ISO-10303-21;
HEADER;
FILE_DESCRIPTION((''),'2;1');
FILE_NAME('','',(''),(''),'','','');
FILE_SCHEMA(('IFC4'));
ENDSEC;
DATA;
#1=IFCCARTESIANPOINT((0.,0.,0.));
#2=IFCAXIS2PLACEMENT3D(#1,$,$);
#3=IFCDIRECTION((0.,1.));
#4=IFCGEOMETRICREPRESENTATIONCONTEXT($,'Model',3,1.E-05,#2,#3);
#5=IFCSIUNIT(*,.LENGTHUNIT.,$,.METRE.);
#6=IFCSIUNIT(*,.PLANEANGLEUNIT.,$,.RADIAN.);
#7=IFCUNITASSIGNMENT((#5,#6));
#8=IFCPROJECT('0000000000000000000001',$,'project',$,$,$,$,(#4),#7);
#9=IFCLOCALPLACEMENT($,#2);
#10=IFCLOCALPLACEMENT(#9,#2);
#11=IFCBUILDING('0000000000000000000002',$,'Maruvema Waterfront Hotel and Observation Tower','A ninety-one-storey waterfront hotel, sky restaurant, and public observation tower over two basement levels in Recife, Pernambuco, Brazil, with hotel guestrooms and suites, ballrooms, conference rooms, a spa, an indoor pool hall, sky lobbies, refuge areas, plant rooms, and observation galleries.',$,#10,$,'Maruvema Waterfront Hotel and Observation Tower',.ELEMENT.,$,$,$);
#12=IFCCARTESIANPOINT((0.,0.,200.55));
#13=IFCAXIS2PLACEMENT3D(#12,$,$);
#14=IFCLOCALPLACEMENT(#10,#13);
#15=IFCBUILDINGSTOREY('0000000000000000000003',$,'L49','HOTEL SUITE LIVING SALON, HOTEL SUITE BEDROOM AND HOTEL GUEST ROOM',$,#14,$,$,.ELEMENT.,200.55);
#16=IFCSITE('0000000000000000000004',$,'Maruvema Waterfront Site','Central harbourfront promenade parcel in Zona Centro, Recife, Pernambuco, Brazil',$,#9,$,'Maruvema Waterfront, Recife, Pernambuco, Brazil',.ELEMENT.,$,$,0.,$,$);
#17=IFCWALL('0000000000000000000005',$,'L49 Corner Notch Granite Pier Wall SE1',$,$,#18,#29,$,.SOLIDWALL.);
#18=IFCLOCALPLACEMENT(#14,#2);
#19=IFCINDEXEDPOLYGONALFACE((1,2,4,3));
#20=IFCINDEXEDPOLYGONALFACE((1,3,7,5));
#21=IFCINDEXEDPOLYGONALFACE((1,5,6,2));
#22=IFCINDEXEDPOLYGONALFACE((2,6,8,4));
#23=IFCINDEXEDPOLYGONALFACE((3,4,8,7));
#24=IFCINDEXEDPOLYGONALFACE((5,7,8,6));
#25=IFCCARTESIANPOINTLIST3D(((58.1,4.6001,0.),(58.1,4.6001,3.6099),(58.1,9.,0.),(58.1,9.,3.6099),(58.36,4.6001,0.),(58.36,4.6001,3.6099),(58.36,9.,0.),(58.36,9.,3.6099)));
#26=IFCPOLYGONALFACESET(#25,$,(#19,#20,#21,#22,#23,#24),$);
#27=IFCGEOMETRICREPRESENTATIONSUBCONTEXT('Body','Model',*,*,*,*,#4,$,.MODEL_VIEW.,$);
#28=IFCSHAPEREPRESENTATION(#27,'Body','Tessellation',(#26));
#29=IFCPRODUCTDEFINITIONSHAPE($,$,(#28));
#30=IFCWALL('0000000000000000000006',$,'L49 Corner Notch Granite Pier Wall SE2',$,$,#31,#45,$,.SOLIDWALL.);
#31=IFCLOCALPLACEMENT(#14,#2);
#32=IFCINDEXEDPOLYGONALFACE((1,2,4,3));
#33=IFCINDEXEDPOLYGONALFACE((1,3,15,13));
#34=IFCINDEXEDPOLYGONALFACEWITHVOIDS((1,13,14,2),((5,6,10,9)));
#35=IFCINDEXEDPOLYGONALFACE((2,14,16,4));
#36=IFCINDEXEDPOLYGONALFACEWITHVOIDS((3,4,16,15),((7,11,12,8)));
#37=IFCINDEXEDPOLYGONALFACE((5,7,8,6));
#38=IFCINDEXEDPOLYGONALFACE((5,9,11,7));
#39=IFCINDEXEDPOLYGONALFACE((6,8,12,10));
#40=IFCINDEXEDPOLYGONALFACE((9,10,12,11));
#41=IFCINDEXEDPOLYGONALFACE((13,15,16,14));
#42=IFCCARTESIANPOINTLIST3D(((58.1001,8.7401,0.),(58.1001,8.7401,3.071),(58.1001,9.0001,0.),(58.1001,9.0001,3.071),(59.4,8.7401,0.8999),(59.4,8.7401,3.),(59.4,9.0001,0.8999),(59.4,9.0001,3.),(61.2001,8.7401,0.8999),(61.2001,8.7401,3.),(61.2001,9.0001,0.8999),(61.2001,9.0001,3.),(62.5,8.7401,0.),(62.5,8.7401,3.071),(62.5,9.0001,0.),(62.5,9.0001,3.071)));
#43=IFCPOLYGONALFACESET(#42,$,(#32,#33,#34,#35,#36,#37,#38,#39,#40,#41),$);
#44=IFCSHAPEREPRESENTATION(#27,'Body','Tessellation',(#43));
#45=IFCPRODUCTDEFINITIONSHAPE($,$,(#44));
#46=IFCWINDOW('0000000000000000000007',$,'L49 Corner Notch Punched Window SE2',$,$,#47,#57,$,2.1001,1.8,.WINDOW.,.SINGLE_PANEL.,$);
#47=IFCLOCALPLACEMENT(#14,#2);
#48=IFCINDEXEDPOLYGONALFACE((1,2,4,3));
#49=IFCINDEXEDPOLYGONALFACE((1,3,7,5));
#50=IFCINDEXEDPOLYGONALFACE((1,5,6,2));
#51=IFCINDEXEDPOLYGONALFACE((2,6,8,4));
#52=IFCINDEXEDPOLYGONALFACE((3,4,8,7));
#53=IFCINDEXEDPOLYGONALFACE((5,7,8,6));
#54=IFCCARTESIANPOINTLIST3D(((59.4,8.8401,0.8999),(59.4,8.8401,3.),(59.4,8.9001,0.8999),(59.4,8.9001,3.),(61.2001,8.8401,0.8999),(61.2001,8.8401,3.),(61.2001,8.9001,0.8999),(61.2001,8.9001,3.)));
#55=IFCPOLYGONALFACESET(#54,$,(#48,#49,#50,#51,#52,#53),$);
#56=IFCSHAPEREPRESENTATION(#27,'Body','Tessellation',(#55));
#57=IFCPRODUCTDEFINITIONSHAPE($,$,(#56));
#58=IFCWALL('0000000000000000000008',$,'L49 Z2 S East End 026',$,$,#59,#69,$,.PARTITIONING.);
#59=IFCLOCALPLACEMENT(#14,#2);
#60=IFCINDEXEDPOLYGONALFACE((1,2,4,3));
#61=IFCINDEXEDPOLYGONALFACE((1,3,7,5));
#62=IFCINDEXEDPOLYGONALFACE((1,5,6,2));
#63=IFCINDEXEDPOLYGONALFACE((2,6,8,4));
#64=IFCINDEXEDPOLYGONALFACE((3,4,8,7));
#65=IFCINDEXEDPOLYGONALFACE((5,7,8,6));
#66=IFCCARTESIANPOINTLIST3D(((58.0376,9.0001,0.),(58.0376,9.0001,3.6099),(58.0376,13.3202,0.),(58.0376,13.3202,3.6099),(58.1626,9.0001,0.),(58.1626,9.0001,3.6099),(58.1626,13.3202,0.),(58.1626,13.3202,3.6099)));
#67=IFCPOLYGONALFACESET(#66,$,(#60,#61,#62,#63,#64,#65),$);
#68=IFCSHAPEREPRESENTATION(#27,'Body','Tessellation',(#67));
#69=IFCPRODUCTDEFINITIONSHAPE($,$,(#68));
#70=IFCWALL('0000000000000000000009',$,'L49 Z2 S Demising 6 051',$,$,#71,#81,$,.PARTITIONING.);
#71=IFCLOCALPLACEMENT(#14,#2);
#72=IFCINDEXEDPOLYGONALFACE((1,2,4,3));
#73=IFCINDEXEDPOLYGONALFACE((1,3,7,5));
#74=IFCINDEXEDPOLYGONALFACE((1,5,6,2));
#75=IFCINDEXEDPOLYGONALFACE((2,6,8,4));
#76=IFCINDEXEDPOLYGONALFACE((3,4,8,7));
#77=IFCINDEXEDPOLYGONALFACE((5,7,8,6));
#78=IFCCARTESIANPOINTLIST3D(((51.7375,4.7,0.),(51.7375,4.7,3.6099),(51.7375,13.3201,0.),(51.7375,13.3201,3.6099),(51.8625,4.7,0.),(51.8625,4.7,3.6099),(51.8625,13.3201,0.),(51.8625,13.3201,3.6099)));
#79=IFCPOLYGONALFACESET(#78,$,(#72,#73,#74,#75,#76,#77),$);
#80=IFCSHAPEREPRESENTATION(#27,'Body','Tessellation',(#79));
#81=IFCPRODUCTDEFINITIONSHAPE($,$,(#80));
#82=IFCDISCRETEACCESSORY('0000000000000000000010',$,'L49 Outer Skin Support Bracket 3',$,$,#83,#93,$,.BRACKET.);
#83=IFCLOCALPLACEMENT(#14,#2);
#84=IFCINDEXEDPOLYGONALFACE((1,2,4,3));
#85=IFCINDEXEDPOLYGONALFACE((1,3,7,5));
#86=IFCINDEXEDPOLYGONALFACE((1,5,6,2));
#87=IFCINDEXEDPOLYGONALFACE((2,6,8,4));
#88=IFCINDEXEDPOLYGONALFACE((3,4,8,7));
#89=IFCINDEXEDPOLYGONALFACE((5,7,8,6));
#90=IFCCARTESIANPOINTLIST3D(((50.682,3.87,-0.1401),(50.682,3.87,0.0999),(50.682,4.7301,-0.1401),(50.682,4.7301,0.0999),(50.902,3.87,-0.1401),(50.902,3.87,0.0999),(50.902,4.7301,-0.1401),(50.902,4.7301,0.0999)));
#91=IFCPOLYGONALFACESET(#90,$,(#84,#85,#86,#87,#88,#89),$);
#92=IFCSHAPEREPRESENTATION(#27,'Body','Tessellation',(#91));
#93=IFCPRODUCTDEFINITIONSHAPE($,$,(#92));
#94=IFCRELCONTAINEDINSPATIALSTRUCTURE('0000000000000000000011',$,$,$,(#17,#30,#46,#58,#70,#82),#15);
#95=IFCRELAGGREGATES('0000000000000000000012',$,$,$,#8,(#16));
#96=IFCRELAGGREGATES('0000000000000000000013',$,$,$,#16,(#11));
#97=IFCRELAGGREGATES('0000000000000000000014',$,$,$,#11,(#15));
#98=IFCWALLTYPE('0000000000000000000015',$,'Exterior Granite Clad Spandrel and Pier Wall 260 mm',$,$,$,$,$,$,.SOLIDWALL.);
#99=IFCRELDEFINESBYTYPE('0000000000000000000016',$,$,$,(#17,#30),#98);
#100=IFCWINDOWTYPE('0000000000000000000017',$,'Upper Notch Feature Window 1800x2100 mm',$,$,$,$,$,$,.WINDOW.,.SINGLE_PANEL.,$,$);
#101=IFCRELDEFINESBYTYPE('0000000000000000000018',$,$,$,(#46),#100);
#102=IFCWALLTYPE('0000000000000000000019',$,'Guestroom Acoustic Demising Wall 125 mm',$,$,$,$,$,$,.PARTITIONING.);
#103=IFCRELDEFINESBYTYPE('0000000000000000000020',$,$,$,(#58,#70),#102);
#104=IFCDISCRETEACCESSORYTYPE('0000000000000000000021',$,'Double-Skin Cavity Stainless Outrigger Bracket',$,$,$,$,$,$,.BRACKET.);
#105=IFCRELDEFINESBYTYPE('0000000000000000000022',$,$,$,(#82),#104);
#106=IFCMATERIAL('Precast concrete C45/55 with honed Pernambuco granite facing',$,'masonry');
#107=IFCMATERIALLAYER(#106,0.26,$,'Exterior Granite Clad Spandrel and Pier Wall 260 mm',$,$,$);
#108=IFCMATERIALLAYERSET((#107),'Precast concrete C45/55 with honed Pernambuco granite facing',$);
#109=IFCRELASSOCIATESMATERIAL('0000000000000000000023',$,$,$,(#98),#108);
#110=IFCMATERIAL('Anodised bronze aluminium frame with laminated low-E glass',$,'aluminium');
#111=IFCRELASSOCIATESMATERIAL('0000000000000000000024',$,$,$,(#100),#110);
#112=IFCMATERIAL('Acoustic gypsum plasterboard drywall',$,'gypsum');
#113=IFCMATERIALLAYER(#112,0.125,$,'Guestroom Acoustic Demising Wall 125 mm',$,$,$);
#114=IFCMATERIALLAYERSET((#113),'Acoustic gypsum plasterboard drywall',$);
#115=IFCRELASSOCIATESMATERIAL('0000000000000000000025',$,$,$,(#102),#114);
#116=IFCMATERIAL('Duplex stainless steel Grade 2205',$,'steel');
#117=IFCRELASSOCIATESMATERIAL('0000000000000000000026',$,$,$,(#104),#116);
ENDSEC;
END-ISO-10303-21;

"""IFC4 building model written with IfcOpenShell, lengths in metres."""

from ifc_helpers import new_model, si_unit, direction, frame, frame_2d, origin, origin_2d, place, context, subcontext, project, spatial, rectangle, extrude, material, layer, layer_set, type_object, element, fill, save


model = new_model("IFC4")

# Units and contexts
model_context = context("Model", 3, precision=1e-05, world=origin(), true_north=direction((0.0, 1.0)))
body_context = subcontext(model_context, "Body", "Model", "MODEL_VIEW")
ifc_project = project(units=[si_unit("LENGTHUNIT", "METRE"), si_unit("PLANEANGLEUNIT", "RADIAN")], contexts=[model_context])

# Site, building, storey
site_placement = place(None, origin())
site = spatial("IfcSite", under=ifc_project, at=site_placement, Name="Maruvema Waterfront Site", Description="Central harbourfront promenade parcel in Zona Centro, Recife, Pernambuco, Brazil", LongName="Maruvema Waterfront, Recife, Pernambuco, Brazil", CompositionType="ELEMENT", RefElevation=0.0)
building_placement = place(site_placement, origin())
building = spatial("IfcBuilding", under=site, at=building_placement, Name="Maruvema Waterfront Hotel and Observation Tower", Description="A ninety-one-storey waterfront hotel, sky restaurant, and public observation tower over two basement levels in Recife, Pernambuco, Brazil, with hotel guestrooms and suites, ballrooms, conference rooms, a spa, an indoor pool hall, sky lobbies, refuge areas, plant rooms, and observation galleries.", LongName="Maruvema Waterfront Hotel and Observation Tower", CompositionType="ELEMENT")
storey_placement = place(building_placement, frame((0.0, 0.0, 200.55)))
storey = spatial("IfcBuildingStorey", under=building, at=storey_placement, Name="L49", Description="HOTEL SUITE LIVING SALON, HOTEL SUITE BEDROOM AND HOTEL GUEST ROOM", CompositionType="ELEMENT", Elevation=200.55)

# Wall
ifc_material_1 = material(Name="Precast concrete C45/55 with honed Pernambuco granite facing", Category="masonry")
ifc_layer_1 = layer(ifc_material_1, 0.26, Name="Exterior Granite Clad Spandrel and Pier Wall 260 mm")
ifc_layer_set_1 = layer_set([ifc_layer_1], Name="Precast concrete C45/55 with honed Pernambuco granite facing")
wall_type_1 = type_object("IfcWallType", Name="Exterior Granite Clad Spandrel and Pier Wall 260 mm", PredefinedType="SOLIDWALL", material=ifc_layer_set_1)
wall_1_placement = place(storey_placement, frame((58.23, 9.0, 0.0), z_axis=(0.0, 0.0, 1.0), x_axis=(0.0, -1.0, 0.0)))
element("IfcWall", 1, at=wall_1_placement, inside=storey, type_object=wall_type_1, Name="L49 Corner Notch Granite Pier Wall SE1", PredefinedType="SOLIDWALL", context=body_context, shape_type="SweptSolid", body=[
    extrude(rectangle(XDim=4.3999, YDim=0.26, at=frame_2d((2.2, 0.0))), origin(), (0.0, 0.0, 1.0), 3.6099),
])

# Wall, opening, window
wall_2_placement = place(storey_placement, frame((62.5, 8.8701, 0.0), z_axis=(0.0, 0.0, 1.0), x_axis=(-1.0, 0.0, 0.0)))
wall_2 = element("IfcWall", 2, at=wall_2_placement, inside=storey, type_object=wall_type_1, Name="L49 Corner Notch Granite Pier Wall SE2", PredefinedType="SOLIDWALL", context=body_context, shape_type="SweptSolid", body=[
    extrude(rectangle(XDim=4.3999, YDim=0.26, at=frame_2d((2.2, 0.0))), origin(), (0.0, 0.0, 1.0), 3.071),
])
opening_1_placement = place(wall_2_placement, frame((1.3, 0.0, 0.8999)))
opening_1 = element("IfcOpeningElement", 3, at=opening_1_placement, cuts=wall_2, PredefinedType="OPENING", context=body_context, shape_type="SweptSolid", body=[
    extrude(rectangle(XDim=1.8, YDim=2.1001, at=frame_2d((0.8999, 1.05))), frame((0.0, 0.1401, 0.0), z_axis=(0.0, -1.0, 0.0), x_axis=(1.0, 0.0, 0.0)), (0.0, 0.0, 1.0), 0.28),
])
ifc_material_2 = material(Name="Anodised bronze aluminium frame with laminated low-E glass", Category="aluminium")
window_type = type_object("IfcWindowType", Name="Upper Notch Feature Window 1800x2100 mm", PartitioningType="SINGLE_PANEL", PredefinedType="WINDOW", material=ifc_material_2)
window_placement = place(opening_1_placement, origin())
window = element("IfcWindow", 4, at=window_placement, inside=storey, type_object=window_type, Name="L49 Corner Notch Punched Window SE2", OverallHeight=2.1001, OverallWidth=1.8, PartitioningType="SINGLE_PANEL", PredefinedType="WINDOW", context=body_context, shape_type="SweptSolid", body=[
    extrude(rectangle(XDim=1.8, YDim=2.1001, at=frame_2d((0.8999, 1.05))), frame((0.0, 0.03, 0.0), z_axis=(0.0, -1.0, 0.0), x_axis=(1.0, 0.0, 0.0)), (0.0, 0.0, 1.0), 0.0601),
])
fill(opening_1, window)

# Walls
ifc_material_3 = material(Name="Acoustic gypsum plasterboard drywall", Category="gypsum")
ifc_layer_2 = layer(ifc_material_3, 0.125, Name="Guestroom Acoustic Demising Wall 125 mm")
ifc_layer_set_2 = layer_set([ifc_layer_2], Name="Acoustic gypsum plasterboard drywall")
wall_type_2 = type_object("IfcWallType", Name="Guestroom Acoustic Demising Wall 125 mm", PredefinedType="PARTITIONING", material=ifc_layer_set_2)
wall_3_placement = place(storey_placement, frame((58.1001, 9.0, 0.0), z_axis=(0.0, 0.0, 1.0), x_axis=(0.0, 1.0, 0.0)))
element("IfcWall", 5, at=wall_3_placement, inside=storey, type_object=wall_type_2, Name="L49 Z2 S East End 026", PredefinedType="PARTITIONING", context=body_context, shape_type="SweptSolid", body=[
    extrude(rectangle(XDim=4.3201, YDim=0.125, at=frame_2d((2.1602, 0.0))), origin(), (0.0, 0.0, 1.0), 3.6099),
])
wall_4_placement = place(storey_placement, frame((51.8, 4.7, 0.0), z_axis=(0.0, 0.0, 1.0), x_axis=(0.0, 1.0, 0.0)))
element("IfcWall", 6, at=wall_4_placement, inside=storey, type_object=wall_type_2, Name="L49 Z2 S Demising 6 051", PredefinedType="PARTITIONING", context=body_context, shape_type="SweptSolid", body=[
    extrude(rectangle(XDim=8.6201, YDim=0.125, at=frame_2d((4.3101, 0.0))), origin(), (0.0, 0.0, 1.0), 3.6099),
])

# Discrete accessory
ifc_material_4 = material(Name="Duplex stainless steel Grade 2205", Category="steel")
discrete_accessory_type = type_object("IfcDiscreteAccessoryType", Name="Double-Skin Cavity Stainless Outrigger Bracket", PredefinedType="BRACKET", material=ifc_material_4)
discrete_accessory_placement = place(storey_placement, frame((50.792, 4.3, -0.1401), z_axis=(0.0, 0.0, 1.0), x_axis=(1.0, 0.0, 0.0)))
element("IfcDiscreteAccessory", 7, at=discrete_accessory_placement, inside=storey, type_object=discrete_accessory_type, Name="L49 Outer Skin Support Bracket 3", PredefinedType="BRACKET", context=body_context, shape_type="SweptSolid", body=[
    extrude(rectangle(XDim=0.22, YDim=0.8601, at=origin_2d()), origin(), (0.0, 0.0, 1.0), 0.24),
])

save(model, "model.ifc")
